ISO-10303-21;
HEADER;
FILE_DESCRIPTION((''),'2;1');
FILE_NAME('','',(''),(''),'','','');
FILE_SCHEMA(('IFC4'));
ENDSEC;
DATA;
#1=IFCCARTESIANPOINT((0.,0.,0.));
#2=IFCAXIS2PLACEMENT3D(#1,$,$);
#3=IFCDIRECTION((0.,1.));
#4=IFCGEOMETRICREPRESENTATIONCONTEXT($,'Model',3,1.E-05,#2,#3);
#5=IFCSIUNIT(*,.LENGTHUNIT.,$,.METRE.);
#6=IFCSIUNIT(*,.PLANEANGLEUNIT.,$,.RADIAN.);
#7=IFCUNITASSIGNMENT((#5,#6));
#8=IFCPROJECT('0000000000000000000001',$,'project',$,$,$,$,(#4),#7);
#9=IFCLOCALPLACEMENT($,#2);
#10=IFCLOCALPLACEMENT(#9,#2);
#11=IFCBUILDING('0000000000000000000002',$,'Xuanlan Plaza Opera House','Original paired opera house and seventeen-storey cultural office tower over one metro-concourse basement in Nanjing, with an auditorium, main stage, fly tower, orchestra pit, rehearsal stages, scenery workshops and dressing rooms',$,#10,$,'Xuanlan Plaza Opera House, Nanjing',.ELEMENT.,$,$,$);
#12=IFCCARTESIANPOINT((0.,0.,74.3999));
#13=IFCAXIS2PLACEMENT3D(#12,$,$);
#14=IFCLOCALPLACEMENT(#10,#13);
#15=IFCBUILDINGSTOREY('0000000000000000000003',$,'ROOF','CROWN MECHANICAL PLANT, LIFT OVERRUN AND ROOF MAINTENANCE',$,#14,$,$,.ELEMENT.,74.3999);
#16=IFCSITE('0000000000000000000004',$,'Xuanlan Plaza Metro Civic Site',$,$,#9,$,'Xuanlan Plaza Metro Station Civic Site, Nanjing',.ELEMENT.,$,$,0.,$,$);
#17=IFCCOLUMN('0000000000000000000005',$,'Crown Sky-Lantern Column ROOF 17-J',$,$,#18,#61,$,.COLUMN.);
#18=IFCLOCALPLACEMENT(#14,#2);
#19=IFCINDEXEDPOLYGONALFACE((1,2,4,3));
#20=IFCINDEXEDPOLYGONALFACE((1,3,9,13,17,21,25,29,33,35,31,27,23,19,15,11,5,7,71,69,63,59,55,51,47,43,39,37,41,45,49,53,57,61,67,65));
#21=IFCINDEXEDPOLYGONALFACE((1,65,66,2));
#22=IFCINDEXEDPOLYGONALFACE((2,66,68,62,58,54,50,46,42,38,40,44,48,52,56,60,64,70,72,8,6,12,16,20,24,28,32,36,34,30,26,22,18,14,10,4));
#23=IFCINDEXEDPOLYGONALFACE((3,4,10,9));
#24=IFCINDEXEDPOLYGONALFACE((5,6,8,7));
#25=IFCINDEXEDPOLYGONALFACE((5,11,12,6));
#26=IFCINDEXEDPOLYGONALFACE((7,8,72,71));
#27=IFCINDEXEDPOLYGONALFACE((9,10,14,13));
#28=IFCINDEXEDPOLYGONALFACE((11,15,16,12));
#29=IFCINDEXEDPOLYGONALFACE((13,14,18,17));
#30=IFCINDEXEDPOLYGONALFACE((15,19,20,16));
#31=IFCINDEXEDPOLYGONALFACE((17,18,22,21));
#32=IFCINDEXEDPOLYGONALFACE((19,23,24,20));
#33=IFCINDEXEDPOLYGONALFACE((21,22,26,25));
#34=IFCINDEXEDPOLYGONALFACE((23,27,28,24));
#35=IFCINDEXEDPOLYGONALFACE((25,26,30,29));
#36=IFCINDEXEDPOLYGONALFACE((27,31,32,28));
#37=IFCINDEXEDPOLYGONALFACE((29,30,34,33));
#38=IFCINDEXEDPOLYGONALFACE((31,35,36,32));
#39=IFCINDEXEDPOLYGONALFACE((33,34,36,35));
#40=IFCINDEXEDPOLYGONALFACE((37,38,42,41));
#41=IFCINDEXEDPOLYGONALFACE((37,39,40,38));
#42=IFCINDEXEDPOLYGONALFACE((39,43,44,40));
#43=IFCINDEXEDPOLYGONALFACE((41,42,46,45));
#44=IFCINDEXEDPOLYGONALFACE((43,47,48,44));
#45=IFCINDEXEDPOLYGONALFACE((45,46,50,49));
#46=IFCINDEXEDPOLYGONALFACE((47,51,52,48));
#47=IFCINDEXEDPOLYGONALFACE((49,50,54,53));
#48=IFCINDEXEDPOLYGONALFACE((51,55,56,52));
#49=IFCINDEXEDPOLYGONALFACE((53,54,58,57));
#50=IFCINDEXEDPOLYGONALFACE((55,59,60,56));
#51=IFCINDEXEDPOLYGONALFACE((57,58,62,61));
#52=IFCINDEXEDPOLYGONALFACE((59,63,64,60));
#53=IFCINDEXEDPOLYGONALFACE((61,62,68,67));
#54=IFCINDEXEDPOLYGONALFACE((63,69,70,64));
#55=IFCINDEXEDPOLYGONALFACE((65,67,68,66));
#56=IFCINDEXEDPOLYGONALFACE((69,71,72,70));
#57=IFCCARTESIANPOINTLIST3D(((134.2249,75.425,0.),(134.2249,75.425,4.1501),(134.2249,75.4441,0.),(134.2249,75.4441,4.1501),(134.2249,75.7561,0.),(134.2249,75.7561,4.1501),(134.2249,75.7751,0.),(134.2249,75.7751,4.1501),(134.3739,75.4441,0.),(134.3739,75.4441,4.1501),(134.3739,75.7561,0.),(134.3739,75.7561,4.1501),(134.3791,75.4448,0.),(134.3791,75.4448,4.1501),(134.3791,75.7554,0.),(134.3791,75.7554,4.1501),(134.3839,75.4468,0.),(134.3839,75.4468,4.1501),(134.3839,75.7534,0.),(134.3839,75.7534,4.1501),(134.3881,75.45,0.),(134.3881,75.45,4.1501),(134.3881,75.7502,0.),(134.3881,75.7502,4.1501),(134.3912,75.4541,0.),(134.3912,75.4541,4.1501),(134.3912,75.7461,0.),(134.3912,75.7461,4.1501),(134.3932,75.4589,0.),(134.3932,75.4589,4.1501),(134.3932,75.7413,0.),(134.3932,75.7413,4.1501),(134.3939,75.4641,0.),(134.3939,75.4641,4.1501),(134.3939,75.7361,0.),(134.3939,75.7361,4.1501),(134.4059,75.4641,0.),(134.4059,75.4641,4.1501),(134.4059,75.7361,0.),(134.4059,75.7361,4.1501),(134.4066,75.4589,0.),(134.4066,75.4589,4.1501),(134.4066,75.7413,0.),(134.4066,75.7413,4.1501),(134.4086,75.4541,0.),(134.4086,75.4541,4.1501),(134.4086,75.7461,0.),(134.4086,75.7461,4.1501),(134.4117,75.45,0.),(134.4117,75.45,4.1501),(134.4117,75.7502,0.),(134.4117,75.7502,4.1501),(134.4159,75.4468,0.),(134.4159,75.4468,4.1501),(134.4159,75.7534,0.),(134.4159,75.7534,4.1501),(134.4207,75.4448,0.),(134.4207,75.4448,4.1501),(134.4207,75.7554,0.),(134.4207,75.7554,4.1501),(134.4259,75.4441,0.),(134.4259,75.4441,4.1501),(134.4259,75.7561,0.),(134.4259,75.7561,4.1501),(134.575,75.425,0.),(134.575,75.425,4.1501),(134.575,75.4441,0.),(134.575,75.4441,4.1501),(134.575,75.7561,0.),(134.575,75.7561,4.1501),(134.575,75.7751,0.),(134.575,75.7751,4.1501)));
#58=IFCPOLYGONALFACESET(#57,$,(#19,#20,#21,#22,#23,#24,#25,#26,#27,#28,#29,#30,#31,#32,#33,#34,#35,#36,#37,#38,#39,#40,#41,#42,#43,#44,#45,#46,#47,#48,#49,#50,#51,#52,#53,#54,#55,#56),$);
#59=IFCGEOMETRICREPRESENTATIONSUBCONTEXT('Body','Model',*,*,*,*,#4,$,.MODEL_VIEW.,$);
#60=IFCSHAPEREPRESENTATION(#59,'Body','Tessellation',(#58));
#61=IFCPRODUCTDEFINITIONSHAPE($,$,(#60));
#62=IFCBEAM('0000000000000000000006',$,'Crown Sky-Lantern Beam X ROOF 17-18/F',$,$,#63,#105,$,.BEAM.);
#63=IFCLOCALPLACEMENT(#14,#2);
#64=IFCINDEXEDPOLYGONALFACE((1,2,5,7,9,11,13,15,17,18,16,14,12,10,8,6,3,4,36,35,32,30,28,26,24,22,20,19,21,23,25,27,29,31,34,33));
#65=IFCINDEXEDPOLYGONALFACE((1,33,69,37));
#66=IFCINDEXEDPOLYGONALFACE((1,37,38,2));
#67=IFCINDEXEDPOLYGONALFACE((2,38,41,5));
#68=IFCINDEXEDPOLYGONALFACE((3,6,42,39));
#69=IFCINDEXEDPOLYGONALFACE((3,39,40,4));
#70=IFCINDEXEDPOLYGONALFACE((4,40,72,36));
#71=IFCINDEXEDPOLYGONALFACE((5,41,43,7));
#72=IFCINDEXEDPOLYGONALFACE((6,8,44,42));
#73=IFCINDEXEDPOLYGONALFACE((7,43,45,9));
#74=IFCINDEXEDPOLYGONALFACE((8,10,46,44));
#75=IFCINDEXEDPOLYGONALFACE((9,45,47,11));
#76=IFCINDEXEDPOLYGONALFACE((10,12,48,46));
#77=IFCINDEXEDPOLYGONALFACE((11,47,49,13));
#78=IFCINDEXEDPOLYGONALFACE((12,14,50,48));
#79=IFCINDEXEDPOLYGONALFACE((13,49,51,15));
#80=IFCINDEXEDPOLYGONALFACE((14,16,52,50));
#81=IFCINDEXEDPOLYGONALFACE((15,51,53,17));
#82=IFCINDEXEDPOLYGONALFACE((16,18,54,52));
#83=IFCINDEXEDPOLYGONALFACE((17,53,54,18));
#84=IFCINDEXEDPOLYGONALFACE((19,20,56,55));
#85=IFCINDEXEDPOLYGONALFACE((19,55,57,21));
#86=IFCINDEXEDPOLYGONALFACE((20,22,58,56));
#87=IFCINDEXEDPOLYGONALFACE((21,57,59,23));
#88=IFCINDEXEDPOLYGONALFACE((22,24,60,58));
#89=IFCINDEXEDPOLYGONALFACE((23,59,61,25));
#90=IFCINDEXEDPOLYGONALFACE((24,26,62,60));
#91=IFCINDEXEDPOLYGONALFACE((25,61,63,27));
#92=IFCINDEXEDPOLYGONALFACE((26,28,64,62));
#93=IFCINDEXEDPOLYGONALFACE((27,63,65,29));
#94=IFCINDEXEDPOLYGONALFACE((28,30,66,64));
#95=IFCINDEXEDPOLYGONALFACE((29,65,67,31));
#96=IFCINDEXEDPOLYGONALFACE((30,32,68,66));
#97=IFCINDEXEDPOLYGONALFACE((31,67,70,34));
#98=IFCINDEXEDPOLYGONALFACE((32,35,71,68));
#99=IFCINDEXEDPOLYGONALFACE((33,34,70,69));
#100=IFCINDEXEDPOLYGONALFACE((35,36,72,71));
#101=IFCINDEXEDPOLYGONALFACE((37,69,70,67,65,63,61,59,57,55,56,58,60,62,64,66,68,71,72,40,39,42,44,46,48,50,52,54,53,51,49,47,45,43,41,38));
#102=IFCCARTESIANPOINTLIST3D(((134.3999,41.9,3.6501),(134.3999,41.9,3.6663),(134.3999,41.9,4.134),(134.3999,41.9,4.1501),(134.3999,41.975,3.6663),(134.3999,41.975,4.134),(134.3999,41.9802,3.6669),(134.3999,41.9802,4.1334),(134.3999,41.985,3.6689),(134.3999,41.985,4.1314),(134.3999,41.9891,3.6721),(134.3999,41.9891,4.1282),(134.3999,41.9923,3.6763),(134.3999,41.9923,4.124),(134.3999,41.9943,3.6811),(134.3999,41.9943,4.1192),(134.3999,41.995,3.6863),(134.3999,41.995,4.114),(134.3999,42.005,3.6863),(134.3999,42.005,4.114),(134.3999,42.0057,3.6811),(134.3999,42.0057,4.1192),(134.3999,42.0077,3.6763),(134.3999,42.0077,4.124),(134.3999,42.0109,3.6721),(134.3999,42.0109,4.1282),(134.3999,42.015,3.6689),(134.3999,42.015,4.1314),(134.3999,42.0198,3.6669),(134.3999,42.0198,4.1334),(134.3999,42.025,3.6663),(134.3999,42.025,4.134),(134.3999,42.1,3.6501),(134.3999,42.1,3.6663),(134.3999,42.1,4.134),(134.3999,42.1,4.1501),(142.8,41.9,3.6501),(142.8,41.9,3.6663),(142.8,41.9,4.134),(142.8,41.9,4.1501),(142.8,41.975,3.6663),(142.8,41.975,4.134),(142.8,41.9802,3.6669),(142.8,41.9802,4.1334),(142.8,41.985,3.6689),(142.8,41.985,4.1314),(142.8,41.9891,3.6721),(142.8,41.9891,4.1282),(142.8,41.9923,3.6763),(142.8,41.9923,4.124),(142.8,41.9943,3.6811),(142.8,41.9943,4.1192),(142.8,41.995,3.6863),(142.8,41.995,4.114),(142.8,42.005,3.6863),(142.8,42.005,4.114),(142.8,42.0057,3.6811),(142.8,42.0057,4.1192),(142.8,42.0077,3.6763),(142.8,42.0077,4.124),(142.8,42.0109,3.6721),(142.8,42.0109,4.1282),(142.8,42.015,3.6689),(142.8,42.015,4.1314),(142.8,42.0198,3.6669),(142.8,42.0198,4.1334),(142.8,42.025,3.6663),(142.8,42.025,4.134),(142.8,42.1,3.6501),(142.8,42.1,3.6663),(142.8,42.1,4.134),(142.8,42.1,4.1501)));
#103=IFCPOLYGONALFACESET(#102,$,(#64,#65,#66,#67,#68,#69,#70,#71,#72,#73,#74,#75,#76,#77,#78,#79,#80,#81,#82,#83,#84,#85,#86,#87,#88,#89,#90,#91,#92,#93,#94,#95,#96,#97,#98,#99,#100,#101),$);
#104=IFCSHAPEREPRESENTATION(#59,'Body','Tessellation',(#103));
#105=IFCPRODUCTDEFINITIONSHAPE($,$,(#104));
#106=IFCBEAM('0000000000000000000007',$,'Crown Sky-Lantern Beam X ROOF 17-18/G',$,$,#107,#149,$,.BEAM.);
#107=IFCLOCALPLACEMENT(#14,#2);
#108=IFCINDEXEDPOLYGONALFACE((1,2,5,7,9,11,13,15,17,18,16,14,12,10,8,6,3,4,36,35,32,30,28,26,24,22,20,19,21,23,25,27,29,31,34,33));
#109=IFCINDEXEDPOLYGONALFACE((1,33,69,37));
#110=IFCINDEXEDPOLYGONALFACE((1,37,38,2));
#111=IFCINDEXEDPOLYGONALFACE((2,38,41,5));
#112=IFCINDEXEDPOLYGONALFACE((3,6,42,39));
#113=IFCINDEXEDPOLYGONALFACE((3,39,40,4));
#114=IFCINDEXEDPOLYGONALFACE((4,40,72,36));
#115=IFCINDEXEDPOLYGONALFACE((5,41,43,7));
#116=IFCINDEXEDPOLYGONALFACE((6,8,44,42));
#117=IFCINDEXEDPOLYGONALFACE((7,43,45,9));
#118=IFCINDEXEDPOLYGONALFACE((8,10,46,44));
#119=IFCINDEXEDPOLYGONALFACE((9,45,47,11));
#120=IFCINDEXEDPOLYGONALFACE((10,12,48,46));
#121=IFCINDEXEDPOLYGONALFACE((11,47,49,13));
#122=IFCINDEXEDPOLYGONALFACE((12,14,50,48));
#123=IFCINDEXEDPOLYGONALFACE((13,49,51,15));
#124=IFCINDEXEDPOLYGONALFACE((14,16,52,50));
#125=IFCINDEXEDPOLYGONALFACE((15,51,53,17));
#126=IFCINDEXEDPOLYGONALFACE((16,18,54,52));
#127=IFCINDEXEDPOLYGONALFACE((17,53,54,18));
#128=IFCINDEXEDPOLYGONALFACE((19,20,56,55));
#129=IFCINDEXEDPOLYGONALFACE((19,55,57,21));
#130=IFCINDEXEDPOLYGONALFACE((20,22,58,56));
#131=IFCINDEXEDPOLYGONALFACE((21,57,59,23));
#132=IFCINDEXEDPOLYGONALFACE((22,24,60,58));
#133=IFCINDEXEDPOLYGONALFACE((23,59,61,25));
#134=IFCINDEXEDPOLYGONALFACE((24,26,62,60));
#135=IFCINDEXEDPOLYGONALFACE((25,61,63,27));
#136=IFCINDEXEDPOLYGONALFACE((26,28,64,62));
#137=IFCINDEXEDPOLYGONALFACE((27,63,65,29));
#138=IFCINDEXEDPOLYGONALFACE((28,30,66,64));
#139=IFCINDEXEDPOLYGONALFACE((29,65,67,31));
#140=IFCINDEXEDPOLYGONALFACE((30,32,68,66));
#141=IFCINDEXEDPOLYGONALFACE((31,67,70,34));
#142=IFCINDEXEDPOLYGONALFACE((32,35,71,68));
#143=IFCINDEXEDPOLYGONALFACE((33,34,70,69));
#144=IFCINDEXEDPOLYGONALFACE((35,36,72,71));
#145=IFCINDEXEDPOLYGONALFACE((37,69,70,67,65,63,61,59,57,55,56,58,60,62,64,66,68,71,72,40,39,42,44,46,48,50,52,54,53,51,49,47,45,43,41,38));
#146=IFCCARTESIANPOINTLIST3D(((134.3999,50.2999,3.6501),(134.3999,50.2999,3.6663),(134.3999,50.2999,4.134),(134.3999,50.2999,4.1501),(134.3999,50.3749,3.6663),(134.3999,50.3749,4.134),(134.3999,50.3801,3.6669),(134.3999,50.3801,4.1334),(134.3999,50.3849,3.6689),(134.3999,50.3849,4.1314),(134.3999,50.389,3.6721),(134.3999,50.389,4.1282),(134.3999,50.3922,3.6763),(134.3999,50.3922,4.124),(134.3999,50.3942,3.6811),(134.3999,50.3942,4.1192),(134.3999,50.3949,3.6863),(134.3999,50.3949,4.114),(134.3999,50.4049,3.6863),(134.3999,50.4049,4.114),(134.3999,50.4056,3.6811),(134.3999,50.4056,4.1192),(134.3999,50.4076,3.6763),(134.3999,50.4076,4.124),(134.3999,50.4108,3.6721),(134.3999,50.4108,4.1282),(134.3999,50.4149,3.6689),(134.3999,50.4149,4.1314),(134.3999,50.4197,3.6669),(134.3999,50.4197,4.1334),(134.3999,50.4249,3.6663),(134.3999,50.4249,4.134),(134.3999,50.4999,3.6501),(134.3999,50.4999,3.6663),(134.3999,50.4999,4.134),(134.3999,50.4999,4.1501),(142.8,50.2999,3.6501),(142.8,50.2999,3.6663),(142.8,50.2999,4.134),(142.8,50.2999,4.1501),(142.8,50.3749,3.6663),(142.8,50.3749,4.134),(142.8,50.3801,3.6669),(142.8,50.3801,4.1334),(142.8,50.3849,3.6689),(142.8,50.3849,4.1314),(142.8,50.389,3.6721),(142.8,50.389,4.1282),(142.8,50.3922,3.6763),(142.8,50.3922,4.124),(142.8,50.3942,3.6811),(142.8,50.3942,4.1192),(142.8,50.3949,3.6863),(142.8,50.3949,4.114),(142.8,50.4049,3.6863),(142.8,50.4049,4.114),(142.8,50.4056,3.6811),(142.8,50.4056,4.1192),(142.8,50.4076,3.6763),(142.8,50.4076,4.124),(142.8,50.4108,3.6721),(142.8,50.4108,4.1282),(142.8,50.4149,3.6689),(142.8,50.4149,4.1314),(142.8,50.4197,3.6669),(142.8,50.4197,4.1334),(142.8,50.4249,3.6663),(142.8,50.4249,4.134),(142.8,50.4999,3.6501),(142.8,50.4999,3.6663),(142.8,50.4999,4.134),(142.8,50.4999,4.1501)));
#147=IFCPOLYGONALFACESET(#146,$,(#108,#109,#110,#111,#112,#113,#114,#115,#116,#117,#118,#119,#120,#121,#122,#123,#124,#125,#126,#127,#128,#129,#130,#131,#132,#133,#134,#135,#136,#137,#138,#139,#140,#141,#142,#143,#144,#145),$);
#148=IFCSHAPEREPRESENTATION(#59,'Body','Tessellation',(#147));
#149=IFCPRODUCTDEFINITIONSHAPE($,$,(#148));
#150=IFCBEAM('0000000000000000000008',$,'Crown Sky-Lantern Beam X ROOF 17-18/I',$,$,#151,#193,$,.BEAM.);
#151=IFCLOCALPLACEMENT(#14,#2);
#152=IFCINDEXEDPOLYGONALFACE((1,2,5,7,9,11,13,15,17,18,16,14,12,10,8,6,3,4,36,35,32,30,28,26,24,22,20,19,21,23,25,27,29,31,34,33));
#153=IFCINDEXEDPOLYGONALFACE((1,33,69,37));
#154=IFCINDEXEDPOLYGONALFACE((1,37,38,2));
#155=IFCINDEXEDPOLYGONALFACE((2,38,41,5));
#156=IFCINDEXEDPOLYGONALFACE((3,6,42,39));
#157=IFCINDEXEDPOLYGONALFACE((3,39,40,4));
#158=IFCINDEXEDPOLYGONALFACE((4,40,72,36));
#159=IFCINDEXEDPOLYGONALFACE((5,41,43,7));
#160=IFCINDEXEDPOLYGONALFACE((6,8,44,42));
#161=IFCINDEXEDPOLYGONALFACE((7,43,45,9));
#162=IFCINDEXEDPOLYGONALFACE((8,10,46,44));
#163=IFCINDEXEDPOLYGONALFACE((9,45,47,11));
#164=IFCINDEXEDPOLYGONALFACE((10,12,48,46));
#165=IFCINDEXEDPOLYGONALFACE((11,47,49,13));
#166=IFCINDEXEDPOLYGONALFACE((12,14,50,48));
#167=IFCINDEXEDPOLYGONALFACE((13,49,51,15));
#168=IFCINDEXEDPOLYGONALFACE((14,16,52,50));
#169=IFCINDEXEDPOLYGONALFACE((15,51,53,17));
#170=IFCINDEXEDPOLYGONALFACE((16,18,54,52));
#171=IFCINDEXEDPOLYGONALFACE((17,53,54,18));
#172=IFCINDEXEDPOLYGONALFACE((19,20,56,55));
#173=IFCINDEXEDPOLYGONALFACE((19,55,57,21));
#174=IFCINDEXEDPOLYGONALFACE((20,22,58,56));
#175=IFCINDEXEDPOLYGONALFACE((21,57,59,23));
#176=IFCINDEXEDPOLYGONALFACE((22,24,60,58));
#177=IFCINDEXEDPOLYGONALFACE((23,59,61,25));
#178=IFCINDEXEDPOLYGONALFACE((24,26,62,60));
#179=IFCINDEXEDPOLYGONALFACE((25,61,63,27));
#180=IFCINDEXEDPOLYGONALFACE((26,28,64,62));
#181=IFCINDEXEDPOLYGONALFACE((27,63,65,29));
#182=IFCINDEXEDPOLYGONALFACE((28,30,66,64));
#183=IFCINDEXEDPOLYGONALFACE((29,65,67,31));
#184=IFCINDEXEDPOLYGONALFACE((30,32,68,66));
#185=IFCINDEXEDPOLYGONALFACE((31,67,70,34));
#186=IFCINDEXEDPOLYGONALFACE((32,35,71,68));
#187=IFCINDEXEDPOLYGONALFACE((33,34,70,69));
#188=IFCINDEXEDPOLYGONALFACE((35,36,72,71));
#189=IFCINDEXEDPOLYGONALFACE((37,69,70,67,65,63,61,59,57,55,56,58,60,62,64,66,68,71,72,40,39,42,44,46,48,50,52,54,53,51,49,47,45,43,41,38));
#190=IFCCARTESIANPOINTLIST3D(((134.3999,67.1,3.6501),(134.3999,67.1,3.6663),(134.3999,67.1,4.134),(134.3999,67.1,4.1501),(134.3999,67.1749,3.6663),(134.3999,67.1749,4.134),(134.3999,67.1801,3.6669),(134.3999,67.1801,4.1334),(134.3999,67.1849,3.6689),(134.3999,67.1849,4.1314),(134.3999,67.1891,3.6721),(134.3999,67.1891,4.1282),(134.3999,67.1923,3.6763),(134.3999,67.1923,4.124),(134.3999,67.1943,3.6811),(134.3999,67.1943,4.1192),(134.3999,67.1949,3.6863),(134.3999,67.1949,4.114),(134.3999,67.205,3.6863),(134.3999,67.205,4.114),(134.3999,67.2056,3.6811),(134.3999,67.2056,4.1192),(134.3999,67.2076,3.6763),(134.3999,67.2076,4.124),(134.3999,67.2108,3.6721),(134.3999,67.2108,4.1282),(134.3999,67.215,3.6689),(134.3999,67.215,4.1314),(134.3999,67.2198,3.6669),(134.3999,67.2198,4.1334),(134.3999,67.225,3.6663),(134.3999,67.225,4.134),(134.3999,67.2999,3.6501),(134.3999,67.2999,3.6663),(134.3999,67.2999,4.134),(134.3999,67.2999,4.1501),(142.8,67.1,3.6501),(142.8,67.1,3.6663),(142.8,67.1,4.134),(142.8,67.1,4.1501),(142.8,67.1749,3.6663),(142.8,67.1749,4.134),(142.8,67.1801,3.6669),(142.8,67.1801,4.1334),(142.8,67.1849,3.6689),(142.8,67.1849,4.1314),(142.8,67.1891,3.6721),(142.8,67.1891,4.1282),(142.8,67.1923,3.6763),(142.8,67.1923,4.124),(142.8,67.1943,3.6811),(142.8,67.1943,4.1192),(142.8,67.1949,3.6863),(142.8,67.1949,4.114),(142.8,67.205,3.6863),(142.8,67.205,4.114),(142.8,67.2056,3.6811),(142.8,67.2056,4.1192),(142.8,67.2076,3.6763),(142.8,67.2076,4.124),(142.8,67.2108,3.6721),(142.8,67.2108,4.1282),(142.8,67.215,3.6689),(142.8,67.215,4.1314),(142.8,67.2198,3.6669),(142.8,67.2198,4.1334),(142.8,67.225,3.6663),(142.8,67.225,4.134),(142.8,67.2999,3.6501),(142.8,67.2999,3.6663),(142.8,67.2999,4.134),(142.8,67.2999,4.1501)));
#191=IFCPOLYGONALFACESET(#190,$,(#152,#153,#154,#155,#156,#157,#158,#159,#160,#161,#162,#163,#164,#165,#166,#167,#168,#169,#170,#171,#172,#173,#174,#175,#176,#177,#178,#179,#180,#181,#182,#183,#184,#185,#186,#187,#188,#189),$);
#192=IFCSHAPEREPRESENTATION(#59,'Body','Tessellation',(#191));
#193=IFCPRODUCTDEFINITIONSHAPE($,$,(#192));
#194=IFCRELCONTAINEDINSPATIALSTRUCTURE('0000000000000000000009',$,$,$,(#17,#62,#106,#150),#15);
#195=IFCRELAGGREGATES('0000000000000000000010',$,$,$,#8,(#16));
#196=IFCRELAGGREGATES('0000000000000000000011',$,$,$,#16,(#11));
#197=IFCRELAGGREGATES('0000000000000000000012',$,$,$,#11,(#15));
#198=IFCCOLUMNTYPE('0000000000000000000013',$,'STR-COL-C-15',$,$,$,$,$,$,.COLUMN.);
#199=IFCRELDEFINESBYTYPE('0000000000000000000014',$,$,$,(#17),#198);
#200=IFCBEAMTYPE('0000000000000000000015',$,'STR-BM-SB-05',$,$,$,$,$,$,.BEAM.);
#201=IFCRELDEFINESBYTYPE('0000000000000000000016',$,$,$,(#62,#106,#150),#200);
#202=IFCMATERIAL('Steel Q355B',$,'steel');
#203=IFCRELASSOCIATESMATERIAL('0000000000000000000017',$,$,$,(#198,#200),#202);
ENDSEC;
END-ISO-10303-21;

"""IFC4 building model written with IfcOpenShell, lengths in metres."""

from ifc_helpers import new_model, si_unit, direction, frame, origin, origin_2d, place, context, subcontext, project, spatial, i_section, extrude, material, material_profile, profile_set, type_object, element, save


model = new_model("IFC4")

# Units and contexts
model_context = context("Model", 3, precision=1e-05, world=origin(), true_north=direction((0.0, 1.0)))
body_context = subcontext(model_context, "Body", "Model", "MODEL_VIEW")
ifc_project = project(units=[si_unit("LENGTHUNIT", "METRE"), si_unit("PLANEANGLEUNIT", "RADIAN")], contexts=[model_context])

# Site, building, storey
site_placement = place(None, origin())
site = spatial("IfcSite", under=ifc_project, at=site_placement, Name="Xuanlan Plaza Metro Civic Site", LongName="Xuanlan Plaza Metro Station Civic Site, Nanjing", CompositionType="ELEMENT", RefElevation=0.0)
building_placement = place(site_placement, origin())
building = spatial("IfcBuilding", under=site, at=building_placement, Name="Xuanlan Plaza Opera House", Description="Original paired opera house and seventeen-storey cultural office tower over one metro-concourse basement in Nanjing, with an auditorium, main stage, fly tower, orchestra pit, rehearsal stages, scenery workshops and dressing rooms", LongName="Xuanlan Plaza Opera House, Nanjing", CompositionType="ELEMENT")
storey_placement = place(building_placement, frame((0.0, 0.0, 74.3999)))
storey = spatial("IfcBuildingStorey", under=building, at=storey_placement, Name="ROOF", Description="CROWN MECHANICAL PLANT, LIFT OVERRUN AND ROOF MAINTENANCE", CompositionType="ELEMENT", Elevation=74.3999)

# Column
ifc_material_1 = material(Name="Steel Q355B", Category="steel")
ifc_material_profile_1 = material_profile(ifc_material_1, i_section(OverallWidth=0.3501, OverallDepth=0.3501, WebThickness=0.012, FlangeThickness=0.019, FilletRadius=0.02, at=origin_2d()), Name="HW 350x350x12x19")
ifc_profile_set_1 = profile_set([ifc_material_profile_1], Name="Steel Q355B")
column_type = type_object("IfcColumnType", Name="STR-COL-C-15", PredefinedType="COLUMN", material=ifc_profile_set_1)
for number, where, z_axis, x_axis, name in (
    (1, (134.3999, 75.6001, 0.0), (0.0, 0.0, 1.0), (1.0, 0.0, 0.0), "Crown Sky-Lantern Column ROOF 17-J"),
):
    element("IfcColumn", number, at=place(storey_placement, frame(where, z_axis=z_axis, x_axis=x_axis)), inside=storey, type_object=column_type, Name=name, PredefinedType="COLUMN", context=body_context, shape_type="SweptSolid", body=[
        extrude(i_section(OverallWidth=0.3501, OverallDepth=0.3501, WebThickness=0.012, FlangeThickness=0.019, FilletRadius=0.02, at=origin_2d()), origin(), (0.0, 0.0, 1.0), 4.1501),
    ])

# Beams
ifc_material_profile_2 = material_profile(ifc_material_1, i_section(OverallWidth=0.2, OverallDepth=0.5, WebThickness=0.01, FlangeThickness=0.0161, FilletRadius=0.02, at=origin_2d()), Name="HN 500x200x10x16")
ifc_profile_set_2 = profile_set([ifc_material_profile_2], Name="Steel Q355B")
beam_type = type_object("IfcBeamType", Name="STR-BM-SB-05", PredefinedType="BEAM", material=ifc_profile_set_2)
for number, where, z_axis, x_axis, name in (
    (2, (134.3999, 42.0, 3.9001), (1.0, 0.0, 0.0), (0.0, 1.0, 0.0), "Crown Sky-Lantern Beam X ROOF 17-18/F"),
    (3, (134.3999, 50.3999, 3.9001), (1.0, 0.0, 0.0), (0.0, 1.0, 0.0), "Crown Sky-Lantern Beam X ROOF 17-18/G"),
    (4, (134.3999, 67.2, 3.9001), (1.0, 0.0, 0.0), (0.0, 1.0, 0.0), "Crown Sky-Lantern Beam X ROOF 17-18/I"),
):
    element("IfcBeam", number, at=place(storey_placement, frame(where, z_axis=z_axis, x_axis=x_axis)), inside=storey, type_object=beam_type, Name=name, PredefinedType="BEAM", context=body_context, shape_type="SweptSolid", body=[
        extrude(i_section(OverallWidth=0.2, OverallDepth=0.5, WebThickness=0.01, FlangeThickness=0.0161, FilletRadius=0.02, at=origin_2d()), origin(), (0.0, 0.0, 1.0), 8.4001),
    ])

save(model, "model.ifc")
